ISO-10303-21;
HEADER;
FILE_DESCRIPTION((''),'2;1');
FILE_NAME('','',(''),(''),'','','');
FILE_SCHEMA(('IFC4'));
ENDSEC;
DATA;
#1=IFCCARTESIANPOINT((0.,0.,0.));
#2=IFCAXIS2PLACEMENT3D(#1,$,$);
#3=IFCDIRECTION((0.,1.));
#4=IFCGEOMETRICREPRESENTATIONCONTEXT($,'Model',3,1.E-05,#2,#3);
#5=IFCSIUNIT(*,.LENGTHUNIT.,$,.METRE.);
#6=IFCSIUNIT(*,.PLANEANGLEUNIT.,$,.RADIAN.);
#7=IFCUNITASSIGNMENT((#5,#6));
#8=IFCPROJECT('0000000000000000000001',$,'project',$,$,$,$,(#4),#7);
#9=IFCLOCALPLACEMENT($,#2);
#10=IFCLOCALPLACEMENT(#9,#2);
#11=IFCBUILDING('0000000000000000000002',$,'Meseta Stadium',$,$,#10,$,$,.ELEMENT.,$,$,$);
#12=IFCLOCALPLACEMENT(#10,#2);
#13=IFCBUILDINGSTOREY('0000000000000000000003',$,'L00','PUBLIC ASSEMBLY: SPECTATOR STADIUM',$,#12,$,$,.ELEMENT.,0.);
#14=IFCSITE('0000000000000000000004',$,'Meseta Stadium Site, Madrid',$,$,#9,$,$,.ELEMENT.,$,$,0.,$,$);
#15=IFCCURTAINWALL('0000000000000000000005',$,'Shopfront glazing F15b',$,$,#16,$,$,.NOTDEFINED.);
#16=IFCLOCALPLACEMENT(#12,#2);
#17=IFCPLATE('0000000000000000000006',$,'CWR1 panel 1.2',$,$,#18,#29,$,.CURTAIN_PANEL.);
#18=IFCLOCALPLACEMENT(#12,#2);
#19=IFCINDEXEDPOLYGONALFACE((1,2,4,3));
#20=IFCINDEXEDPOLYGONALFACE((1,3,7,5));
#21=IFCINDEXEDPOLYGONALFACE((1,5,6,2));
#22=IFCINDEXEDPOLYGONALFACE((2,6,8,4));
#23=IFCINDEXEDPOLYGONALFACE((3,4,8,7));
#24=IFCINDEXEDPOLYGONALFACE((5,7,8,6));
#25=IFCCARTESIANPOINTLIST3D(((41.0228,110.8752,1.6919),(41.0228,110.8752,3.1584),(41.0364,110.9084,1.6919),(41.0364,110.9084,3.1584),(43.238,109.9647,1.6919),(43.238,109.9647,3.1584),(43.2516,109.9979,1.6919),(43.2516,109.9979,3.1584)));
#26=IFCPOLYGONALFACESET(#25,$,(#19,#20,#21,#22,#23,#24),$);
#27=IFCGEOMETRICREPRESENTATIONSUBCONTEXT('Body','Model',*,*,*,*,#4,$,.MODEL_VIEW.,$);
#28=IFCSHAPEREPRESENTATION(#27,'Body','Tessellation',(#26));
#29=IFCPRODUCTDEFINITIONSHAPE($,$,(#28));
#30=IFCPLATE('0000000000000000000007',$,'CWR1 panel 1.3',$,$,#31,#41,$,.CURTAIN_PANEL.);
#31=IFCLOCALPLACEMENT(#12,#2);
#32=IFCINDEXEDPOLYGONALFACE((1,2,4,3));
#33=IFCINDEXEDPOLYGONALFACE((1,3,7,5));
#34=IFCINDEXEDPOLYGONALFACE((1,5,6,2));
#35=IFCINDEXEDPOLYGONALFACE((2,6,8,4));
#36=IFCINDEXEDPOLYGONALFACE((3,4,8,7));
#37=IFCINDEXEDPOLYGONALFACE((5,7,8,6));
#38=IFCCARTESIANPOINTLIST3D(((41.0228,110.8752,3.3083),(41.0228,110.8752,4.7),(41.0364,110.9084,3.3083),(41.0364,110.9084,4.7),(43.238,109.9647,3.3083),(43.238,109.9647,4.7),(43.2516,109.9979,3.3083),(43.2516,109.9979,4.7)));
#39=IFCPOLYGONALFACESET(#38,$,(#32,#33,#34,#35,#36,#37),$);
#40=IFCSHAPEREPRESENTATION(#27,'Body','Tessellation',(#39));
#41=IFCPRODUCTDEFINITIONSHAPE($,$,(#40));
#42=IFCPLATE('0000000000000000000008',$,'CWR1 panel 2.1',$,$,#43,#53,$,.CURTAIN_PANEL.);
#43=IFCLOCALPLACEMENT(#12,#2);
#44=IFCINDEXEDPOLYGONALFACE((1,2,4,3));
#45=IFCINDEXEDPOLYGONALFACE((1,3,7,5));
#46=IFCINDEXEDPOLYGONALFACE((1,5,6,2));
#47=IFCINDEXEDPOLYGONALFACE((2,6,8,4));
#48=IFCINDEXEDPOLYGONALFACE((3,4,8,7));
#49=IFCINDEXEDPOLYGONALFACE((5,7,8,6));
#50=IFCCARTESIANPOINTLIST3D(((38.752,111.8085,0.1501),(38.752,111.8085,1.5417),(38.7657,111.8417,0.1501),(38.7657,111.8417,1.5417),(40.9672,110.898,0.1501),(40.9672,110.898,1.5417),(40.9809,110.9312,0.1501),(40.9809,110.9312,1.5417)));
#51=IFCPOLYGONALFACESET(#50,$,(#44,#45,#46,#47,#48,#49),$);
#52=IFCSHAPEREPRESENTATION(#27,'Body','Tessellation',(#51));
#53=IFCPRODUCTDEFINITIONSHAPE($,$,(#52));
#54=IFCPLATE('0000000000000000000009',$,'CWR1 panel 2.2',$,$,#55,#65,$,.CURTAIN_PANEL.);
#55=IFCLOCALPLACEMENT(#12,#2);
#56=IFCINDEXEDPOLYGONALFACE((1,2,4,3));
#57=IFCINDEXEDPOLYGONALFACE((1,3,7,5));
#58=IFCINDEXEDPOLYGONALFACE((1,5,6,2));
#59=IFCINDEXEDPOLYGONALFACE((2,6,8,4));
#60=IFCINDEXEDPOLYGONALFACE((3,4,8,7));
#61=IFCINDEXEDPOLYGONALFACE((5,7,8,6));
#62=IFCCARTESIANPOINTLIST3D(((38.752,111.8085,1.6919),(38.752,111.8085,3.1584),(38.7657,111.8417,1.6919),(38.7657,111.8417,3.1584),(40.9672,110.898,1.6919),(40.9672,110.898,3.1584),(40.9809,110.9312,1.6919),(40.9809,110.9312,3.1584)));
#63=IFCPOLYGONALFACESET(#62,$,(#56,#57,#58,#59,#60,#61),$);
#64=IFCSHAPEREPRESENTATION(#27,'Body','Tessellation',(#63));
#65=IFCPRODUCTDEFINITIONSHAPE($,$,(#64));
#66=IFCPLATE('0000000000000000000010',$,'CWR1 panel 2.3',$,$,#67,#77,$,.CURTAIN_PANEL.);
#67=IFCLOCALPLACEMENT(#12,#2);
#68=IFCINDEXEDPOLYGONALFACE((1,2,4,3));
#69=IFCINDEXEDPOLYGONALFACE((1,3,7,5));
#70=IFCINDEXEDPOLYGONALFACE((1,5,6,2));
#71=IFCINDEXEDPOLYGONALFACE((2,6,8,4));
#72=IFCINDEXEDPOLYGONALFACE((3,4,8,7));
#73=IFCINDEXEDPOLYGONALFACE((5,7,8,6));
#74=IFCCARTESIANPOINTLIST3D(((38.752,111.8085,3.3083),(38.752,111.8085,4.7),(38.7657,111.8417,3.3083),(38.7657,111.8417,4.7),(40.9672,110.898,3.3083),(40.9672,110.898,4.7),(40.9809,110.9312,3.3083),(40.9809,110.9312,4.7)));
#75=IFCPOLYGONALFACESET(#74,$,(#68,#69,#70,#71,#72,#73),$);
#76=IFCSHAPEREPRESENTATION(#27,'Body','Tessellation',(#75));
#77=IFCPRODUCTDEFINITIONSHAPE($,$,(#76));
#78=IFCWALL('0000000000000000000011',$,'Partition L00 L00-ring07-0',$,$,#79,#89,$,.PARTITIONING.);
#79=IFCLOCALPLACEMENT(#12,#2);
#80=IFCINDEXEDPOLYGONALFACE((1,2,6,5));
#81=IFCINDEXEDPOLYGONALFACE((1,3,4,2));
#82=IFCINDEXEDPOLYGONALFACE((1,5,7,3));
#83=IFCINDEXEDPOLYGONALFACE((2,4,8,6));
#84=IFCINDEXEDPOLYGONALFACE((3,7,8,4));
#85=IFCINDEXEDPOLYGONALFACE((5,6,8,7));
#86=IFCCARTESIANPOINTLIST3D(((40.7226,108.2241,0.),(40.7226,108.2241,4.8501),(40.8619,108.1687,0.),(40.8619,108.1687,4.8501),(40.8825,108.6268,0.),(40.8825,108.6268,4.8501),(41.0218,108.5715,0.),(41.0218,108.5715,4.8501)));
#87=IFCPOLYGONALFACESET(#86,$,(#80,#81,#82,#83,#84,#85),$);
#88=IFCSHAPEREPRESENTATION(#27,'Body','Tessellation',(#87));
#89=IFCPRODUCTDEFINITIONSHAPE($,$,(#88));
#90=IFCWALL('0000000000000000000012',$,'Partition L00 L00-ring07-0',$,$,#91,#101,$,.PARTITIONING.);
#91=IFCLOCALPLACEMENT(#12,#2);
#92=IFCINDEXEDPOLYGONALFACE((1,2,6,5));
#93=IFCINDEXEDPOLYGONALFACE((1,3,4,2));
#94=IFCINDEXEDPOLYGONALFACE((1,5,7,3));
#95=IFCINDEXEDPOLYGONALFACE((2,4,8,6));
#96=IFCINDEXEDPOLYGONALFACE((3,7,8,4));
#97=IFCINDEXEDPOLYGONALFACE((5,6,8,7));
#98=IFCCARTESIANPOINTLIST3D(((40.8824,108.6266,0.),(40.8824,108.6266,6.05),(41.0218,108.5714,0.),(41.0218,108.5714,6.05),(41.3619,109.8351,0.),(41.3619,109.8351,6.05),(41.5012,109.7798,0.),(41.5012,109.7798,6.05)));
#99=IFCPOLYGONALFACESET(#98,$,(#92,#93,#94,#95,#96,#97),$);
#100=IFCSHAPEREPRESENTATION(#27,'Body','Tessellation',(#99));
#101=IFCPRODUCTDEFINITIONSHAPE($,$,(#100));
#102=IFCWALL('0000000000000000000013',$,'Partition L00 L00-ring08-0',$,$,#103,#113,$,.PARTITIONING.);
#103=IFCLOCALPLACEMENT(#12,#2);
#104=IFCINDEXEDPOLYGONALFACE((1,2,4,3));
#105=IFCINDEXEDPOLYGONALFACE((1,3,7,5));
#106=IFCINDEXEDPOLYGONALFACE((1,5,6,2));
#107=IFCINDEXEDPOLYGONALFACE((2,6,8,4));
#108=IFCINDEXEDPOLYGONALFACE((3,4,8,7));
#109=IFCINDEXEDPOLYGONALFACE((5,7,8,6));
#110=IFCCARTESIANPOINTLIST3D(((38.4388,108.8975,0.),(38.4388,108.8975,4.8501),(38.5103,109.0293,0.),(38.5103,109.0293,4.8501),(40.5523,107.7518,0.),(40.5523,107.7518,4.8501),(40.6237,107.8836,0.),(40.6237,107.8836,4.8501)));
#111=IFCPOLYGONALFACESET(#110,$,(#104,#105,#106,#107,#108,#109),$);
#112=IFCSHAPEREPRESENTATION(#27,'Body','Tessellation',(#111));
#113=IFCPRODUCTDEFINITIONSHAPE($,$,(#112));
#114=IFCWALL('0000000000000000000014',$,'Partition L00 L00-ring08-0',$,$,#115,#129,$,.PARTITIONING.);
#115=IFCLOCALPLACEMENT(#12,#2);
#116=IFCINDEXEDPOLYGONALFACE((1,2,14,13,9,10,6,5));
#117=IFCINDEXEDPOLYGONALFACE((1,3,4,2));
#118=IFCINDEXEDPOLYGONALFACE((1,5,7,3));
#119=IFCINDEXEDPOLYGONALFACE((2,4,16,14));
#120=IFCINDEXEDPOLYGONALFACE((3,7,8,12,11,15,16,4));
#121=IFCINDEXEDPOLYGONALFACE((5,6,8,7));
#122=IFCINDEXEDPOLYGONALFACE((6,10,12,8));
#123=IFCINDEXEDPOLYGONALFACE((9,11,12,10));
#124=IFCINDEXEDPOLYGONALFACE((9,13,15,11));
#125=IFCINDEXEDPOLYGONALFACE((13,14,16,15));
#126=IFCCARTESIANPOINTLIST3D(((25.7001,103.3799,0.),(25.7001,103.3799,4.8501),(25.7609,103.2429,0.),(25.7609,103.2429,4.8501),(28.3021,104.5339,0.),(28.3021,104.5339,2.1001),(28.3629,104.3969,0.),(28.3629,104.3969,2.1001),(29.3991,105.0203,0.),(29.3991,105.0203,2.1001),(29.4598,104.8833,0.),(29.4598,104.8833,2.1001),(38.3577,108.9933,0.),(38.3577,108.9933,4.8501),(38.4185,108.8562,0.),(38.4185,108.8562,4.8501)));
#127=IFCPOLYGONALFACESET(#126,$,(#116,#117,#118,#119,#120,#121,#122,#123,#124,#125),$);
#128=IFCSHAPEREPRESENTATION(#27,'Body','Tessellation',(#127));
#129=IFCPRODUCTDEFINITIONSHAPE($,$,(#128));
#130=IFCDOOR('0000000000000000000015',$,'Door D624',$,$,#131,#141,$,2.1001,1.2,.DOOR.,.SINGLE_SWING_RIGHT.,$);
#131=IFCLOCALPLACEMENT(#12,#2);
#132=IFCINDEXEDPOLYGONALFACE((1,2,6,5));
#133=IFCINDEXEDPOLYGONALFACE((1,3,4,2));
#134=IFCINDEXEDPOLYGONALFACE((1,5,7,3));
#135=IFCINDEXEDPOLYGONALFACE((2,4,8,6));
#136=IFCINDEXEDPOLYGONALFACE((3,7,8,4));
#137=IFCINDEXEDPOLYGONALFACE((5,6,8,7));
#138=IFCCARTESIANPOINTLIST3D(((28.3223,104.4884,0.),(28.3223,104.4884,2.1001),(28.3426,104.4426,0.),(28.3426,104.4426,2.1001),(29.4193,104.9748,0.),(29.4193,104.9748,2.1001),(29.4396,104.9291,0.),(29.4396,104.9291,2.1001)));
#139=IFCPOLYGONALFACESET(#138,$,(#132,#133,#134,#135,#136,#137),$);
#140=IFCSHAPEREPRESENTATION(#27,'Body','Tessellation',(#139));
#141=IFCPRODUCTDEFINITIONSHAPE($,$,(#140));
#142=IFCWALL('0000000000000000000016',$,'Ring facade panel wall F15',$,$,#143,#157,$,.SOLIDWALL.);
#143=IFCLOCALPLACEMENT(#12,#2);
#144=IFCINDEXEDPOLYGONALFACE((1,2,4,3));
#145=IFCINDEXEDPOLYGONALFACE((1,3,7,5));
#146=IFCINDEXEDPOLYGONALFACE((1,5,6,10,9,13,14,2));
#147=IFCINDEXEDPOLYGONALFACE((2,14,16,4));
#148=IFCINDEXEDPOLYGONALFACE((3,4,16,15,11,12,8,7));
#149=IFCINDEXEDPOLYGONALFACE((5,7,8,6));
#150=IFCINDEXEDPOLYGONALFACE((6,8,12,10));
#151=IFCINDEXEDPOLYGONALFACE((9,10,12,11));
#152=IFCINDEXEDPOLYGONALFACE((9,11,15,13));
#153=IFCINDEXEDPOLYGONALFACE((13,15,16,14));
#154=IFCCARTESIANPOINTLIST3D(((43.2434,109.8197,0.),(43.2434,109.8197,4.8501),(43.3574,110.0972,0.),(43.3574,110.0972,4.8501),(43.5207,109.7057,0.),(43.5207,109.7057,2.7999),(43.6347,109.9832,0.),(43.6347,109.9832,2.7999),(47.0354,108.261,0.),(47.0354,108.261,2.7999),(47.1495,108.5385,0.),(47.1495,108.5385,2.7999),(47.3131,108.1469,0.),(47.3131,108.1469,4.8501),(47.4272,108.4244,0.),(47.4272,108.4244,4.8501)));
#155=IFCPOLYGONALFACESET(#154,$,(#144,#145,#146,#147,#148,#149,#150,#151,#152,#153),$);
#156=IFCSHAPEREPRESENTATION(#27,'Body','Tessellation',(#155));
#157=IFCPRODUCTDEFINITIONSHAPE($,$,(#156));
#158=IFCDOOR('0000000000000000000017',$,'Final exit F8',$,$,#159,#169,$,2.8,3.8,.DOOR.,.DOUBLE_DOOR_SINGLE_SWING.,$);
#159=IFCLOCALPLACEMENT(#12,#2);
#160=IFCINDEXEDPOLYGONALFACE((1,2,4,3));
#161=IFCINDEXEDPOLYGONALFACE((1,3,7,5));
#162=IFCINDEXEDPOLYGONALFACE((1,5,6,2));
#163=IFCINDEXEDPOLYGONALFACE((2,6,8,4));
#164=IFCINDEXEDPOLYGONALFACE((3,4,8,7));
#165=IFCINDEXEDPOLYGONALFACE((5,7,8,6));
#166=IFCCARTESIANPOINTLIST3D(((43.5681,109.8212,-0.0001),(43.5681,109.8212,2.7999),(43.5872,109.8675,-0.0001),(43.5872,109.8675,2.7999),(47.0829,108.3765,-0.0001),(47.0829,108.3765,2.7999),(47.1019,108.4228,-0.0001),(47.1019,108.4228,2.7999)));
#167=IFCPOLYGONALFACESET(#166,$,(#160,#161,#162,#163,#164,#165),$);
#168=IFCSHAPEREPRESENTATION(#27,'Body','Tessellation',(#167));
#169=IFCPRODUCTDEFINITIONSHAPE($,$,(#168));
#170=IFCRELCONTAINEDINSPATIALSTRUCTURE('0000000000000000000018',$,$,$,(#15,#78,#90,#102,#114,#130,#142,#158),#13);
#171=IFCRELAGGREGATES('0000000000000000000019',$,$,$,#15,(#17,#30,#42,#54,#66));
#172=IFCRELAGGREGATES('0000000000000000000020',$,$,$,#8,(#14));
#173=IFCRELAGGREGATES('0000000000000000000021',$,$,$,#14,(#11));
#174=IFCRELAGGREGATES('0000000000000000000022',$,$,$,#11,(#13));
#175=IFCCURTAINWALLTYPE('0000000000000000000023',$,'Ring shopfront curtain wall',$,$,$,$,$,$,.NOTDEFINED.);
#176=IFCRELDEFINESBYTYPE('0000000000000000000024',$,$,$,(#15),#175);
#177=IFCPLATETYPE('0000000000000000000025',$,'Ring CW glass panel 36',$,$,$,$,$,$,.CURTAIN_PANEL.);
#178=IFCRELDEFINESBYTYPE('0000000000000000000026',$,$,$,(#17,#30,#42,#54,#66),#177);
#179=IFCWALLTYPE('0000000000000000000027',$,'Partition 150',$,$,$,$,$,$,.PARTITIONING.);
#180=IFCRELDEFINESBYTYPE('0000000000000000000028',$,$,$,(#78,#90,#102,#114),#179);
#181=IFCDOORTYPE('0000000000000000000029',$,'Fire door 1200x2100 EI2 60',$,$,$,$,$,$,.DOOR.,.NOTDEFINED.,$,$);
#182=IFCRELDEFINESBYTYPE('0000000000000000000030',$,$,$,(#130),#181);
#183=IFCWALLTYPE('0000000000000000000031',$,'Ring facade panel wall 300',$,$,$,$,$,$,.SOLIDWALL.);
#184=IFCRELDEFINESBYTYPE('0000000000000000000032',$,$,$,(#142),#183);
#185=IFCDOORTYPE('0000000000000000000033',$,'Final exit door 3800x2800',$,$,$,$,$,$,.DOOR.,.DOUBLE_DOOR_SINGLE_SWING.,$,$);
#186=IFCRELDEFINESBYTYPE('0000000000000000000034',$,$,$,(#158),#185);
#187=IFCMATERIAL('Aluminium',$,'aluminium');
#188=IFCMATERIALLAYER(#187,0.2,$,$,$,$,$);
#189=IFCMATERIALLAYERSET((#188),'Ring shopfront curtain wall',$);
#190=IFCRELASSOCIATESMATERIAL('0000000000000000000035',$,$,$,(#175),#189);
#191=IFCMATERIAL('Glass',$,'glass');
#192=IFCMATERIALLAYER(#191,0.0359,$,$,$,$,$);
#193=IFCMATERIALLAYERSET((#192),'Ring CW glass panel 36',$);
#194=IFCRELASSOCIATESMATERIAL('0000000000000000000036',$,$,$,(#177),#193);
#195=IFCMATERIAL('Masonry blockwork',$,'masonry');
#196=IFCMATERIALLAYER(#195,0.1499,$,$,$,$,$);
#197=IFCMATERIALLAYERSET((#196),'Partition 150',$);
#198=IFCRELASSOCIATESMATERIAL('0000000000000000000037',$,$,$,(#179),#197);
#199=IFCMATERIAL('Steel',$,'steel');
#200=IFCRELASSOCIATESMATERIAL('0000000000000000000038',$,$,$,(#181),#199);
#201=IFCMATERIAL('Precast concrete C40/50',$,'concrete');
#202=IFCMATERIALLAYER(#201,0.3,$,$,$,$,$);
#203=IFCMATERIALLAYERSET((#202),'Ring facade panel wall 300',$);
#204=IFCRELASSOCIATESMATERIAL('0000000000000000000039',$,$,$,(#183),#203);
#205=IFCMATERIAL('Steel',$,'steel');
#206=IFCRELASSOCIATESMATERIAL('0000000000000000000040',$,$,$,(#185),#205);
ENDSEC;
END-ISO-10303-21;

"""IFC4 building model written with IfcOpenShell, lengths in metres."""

from ifc_helpers import new_model, si_unit, direction, frame, frame_2d, origin, origin_2d, place, context, subcontext, project, spatial, rectangle, extrude, material, layer, layer_set, type_object, element, fill, aggregate, save


model = new_model("IFC4")

# Units and contexts
model_context = context("Model", 3, precision=1e-05, world=origin(), true_north=direction((0.0, 1.0)))
body_context = subcontext(model_context, "Body", "Model", "MODEL_VIEW")
ifc_project = project(units=[si_unit("LENGTHUNIT", "METRE"), si_unit("PLANEANGLEUNIT", "RADIAN")], contexts=[model_context])

# Site, building, storey
site_placement = place(None, origin())
site = spatial("IfcSite", under=ifc_project, at=site_placement, Name="Meseta Stadium Site, Madrid", CompositionType="ELEMENT", RefElevation=0.0)
building_placement = place(site_placement, origin())
building = spatial("IfcBuilding", under=site, at=building_placement, Name="Meseta Stadium", CompositionType="ELEMENT")
storey_placement = place(building_placement, origin())
storey = spatial("IfcBuildingStorey", under=building, at=storey_placement, Name="L00", Description="PUBLIC ASSEMBLY: SPECTATOR STADIUM", CompositionType="ELEMENT", Elevation=0.0)

# Shared definitions
ifc_material_1 = material(Name="Aluminium", Category="aluminium")
ifc_layer_1 = layer(ifc_material_1, 0.2)
ifc_layer_set_1 = layer_set([ifc_layer_1], Name="Ring shopfront curtain wall")
curtain_wall_type = type_object("IfcCurtainWallType", Name="Ring shopfront curtain wall", PredefinedType="NOTDEFINED", material=ifc_layer_set_1)

# Curtain wall
curtain_wall_1_placement = place(storey_placement, origin())
curtain_wall_1 = element("IfcCurtainWall", 1, at=curtain_wall_1_placement, inside=storey, type_object=curtain_wall_type, Name="Shopfront glazing F15b", PredefinedType="NOTDEFINED")

# Plates
ifc_material_2 = material(Name="Glass", Category="glass")
ifc_layer_2 = layer(ifc_material_2, 0.0359)
ifc_layer_set_2 = layer_set([ifc_layer_2], Name="Ring CW glass panel 36")
plate_type = type_object("IfcPlateType", Name="Ring CW glass panel 36", PredefinedType="CURTAIN_PANEL", material=ifc_layer_set_2)
plate_1_placement = place(storey_placement, frame((42.1372, 110.4365, 1.6919), z_axis=(0.0, 0.0, 1.0), x_axis=(-0.92492, 0.380161, 0.0)))
plate_1 = element("IfcPlate", 2, at=plate_1_placement, type_object=plate_type, Name="CWR1 panel 1.2", PredefinedType="CURTAIN_PANEL", context=body_context, shape_type="SweptSolid", body=[
    extrude(rectangle(XDim=2.395, YDim=0.0359, at=origin_2d()), origin(), (0.0, 0.0, 1.0), 1.4666),
])
plate_2_placement = place(storey_placement, frame((42.1372, 110.4365, 3.3083), z_axis=(0.0, 0.0, 1.0), x_axis=(-0.92492, 0.380161, 0.0)))
plate_2 = element("IfcPlate", 3, at=plate_2_placement, type_object=plate_type, Name="CWR1 panel 1.3", PredefinedType="CURTAIN_PANEL", context=body_context, shape_type="SweptSolid", body=[
    extrude(rectangle(XDim=2.395, YDim=0.0359, at=origin_2d()), origin(), (0.0, 0.0, 1.0), 1.3916),
])
plate_3_placement = place(storey_placement, frame((39.8665, 111.3699, 0.1501), z_axis=(0.0, 0.0, 1.0), x_axis=(-0.92492, 0.380161, 0.0)))
plate_3 = element("IfcPlate", 4, at=plate_3_placement, type_object=plate_type, Name="CWR1 panel 2.1", PredefinedType="CURTAIN_PANEL", context=body_context, shape_type="SweptSolid", body=[
    extrude(rectangle(XDim=2.395, YDim=0.0359, at=origin_2d()), origin(), (0.0, 0.0, 1.0), 1.3916),
])
plate_4_placement = place(storey_placement, frame((39.8665, 111.3699, 1.6919), z_axis=(0.0, 0.0, 1.0), x_axis=(-0.92492, 0.380161, 0.0)))
plate_4 = element("IfcPlate", 5, at=plate_4_placement, type_object=plate_type, Name="CWR1 panel 2.2", PredefinedType="CURTAIN_PANEL", context=body_context, shape_type="SweptSolid", body=[
    extrude(rectangle(XDim=2.395, YDim=0.0359, at=origin_2d()), origin(), (0.0, 0.0, 1.0), 1.4666),
])
plate_5_placement = place(storey_placement, frame((39.8665, 111.3699, 3.3083), z_axis=(0.0, 0.0, 1.0), x_axis=(-0.92492, 0.380161, 0.0)))
plate_5 = element("IfcPlate", 6, at=plate_5_placement, type_object=plate_type, Name="CWR1 panel 2.3", PredefinedType="CURTAIN_PANEL", context=body_context, shape_type="SweptSolid", body=[
    extrude(rectangle(XDim=2.395, YDim=0.0359, at=origin_2d()), origin(), (0.0, 0.0, 1.0), 1.3916),
])
aggregate(curtain_wall_1, [plate_1, plate_2, plate_3, plate_4, plate_5])

# Walls
ifc_material_3 = material(Name="Masonry blockwork", Category="masonry")
ifc_layer_3 = layer(ifc_material_3, 0.1499)
ifc_layer_set_3 = layer_set([ifc_layer_3], Name="Partition 150")
wall_type_1 = type_object("IfcWallType", Name="Partition 150", PredefinedType="PARTITIONING", material=ifc_layer_set_3)
wall_1_placement = place(storey_placement, frame((40.7922, 108.1963, 0.0), z_axis=(0.0, 0.0, 1.0), x_axis=(0.368961, 0.929445, 0.0)))
element("IfcWall", 7, at=wall_1_placement, inside=storey, type_object=wall_type_1, Name="Partition L00 L00-ring07-0", PredefinedType="PARTITIONING", context=body_context, shape_type="SweptSolid", body=[
    extrude(rectangle(XDim=0.4333, YDim=0.1499, at=frame_2d((0.2168, 0.0))), origin(), (0.0, 0.0, 1.0), 4.8501),
])
wall_2_placement = place(storey_placement, frame((40.9521, 108.5991, 0.0), z_axis=(0.0, 0.0, 1.0), x_axis=(0.368799, 0.929509, 0.0)))
element("IfcWall", 8, at=wall_2_placement, inside=storey, type_object=wall_type_1, Name="Partition L00 L00-ring07-0", PredefinedType="PARTITIONING", context=body_context, shape_type="SweptSolid", body=[
    extrude(rectangle(XDim=1.3, YDim=0.1499, at=frame_2d((0.6499, 0.0))), origin(), (0.0, 0.0, 1.0), 6.05),
])
wall_3_placement = place(storey_placement, frame((40.5881, 107.8176, 0.0), z_axis=(0.0, 0.0, 1.0), x_axis=(-0.879131, 0.476581, 0.0)))
element("IfcWall", 9, at=wall_3_placement, inside=storey, type_object=wall_type_1, Name="Partition L00 L00-ring08-0", PredefinedType="PARTITIONING", context=body_context, shape_type="SweptSolid", body=[
    extrude(rectangle(XDim=2.4041, YDim=0.1499, at=frame_2d((1.2021, 0.0))), origin(), (0.0, 0.0, 1.0), 4.8501),
])

# Walls, openings, doors
wall_4_placement = place(storey_placement, frame((38.3882, 108.9248, 0.0), z_axis=(0.0, 0.0, 1.0), x_axis=(-0.91414, -0.405399, 0.0)))
wall_4 = element("IfcWall", 10, at=wall_4_placement, inside=storey, type_object=wall_type_1, Name="Partition L00 L00-ring08-0", PredefinedType="PARTITIONING", context=body_context, shape_type="SweptSolid", body=[
    extrude(rectangle(XDim=13.8464, YDim=0.1499, at=frame_2d((6.9233, 0.0))), origin(), (0.0, 0.0, 1.0), 4.8501),
])
opening_1_placement = place(wall_4_placement, frame((9.8, 0.0, 0.0)))
opening_1 = element("IfcOpeningElement", 11, at=opening_1_placement, cuts=wall_4, PredefinedType="OPENING", context=body_context, shape_type="SweptSolid", body=[
    extrude(rectangle(XDim=1.2, YDim=2.1001, at=frame_2d((0.6001, 1.05))), frame((0.0, 0.085, 0.0), z_axis=(0.0, -1.0, 0.0), x_axis=(1.0, 0.0, 0.0)), (0.0, 0.0, 1.0), 0.1699),
])
ifc_material_4 = material(Name="Steel", Category="steel")
door_type_1 = type_object("IfcDoorType", Name="Fire door 1200x2100 EI2 60", OperationType="NOTDEFINED", PredefinedType="DOOR", material=ifc_material_4)
door_1_placement = place(opening_1_placement, origin())
door_1 = element("IfcDoor", 12, at=door_1_placement, inside=storey, type_object=door_type_1, Name="Door D624", OperationType="SINGLE_SWING_RIGHT", OverallHeight=2.1001, OverallWidth=1.2, PredefinedType="DOOR", context=body_context, shape_type="SweptSolid", body=[
    extrude(rectangle(XDim=1.2, YDim=2.1001, at=frame_2d((0.6001, 1.05))), frame((0.0, 0.0249, 0.0), z_axis=(0.0, -1.0, 0.0), x_axis=(1.0, 0.0, 0.0)), (0.0, 0.0, 1.0), 0.05),
])
fill(opening_1, door_1)
ifc_material_5 = material(Name="Precast concrete C40/50", Category="concrete")
ifc_layer_4 = layer(ifc_material_5, 0.3)
ifc_layer_set_4 = layer_set([ifc_layer_4], Name="Ring facade panel wall 300")
wall_type_2 = type_object("IfcWallType", Name="Ring facade panel wall 300", PredefinedType="SOLIDWALL", material=ifc_layer_set_4)
wall_5_placement = place(storey_placement, frame((43.3003, 109.9585, 0.0), z_axis=(0.0, 0.0, 1.0), x_axis=(0.924915, -0.380175, 0.0)))
wall_5 = element("IfcWall", 13, at=wall_5_placement, inside=storey, type_object=wall_type_2, Name="Ring facade panel wall F15", PredefinedType="SOLIDWALL", context=body_context, shape_type="SweptSolid", body=[
    extrude(rectangle(XDim=4.4001, YDim=0.3, at=frame_2d((2.2002, 0.0))), origin(), (0.0, 0.0, 1.0), 4.8501),
])
opening_2_placement = place(wall_5_placement, frame((0.3, 0.0, 0.0)))
opening_2 = element("IfcOpeningElement", 14, at=opening_2_placement, cuts=wall_5, PredefinedType="OPENING", context=body_context, shape_type="SweptSolid", body=[
    extrude(rectangle(XDim=3.8, YDim=2.8, at=frame_2d((1.8999, 1.3999))), frame((0.0, 0.1599, 0.0), z_axis=(0.0, -1.0, 0.0), x_axis=(1.0, 0.0, 0.0)), (0.0, 0.0, 1.0), 0.3201),
])
ifc_material_6 = material(Name="Steel", Category="steel")
door_type_2 = type_object("IfcDoorType", Name="Final exit door 3800x2800", OperationType="DOUBLE_DOOR_SINGLE_SWING", PredefinedType="DOOR", material=ifc_material_6)
door_2_placement = place(opening_2_placement, origin())
door_2 = element("IfcDoor", 15, at=door_2_placement, inside=storey, type_object=door_type_2, Name="Final exit F8", OperationType="DOUBLE_DOOR_SINGLE_SWING", OverallHeight=2.8, OverallWidth=3.8, PredefinedType="DOOR", context=body_context, shape_type="SweptSolid", body=[
    extrude(rectangle(XDim=3.8, YDim=2.8, at=frame_2d((1.8999, 1.3999))), frame((0.0, 0.0249, 0.0), z_axis=(0.0, -1.0, 0.0), x_axis=(1.0, 0.0, 0.0)), (0.0, 0.0, 1.0), 0.05),
])
fill(opening_2, door_2)

save(model, "model.ifc")
